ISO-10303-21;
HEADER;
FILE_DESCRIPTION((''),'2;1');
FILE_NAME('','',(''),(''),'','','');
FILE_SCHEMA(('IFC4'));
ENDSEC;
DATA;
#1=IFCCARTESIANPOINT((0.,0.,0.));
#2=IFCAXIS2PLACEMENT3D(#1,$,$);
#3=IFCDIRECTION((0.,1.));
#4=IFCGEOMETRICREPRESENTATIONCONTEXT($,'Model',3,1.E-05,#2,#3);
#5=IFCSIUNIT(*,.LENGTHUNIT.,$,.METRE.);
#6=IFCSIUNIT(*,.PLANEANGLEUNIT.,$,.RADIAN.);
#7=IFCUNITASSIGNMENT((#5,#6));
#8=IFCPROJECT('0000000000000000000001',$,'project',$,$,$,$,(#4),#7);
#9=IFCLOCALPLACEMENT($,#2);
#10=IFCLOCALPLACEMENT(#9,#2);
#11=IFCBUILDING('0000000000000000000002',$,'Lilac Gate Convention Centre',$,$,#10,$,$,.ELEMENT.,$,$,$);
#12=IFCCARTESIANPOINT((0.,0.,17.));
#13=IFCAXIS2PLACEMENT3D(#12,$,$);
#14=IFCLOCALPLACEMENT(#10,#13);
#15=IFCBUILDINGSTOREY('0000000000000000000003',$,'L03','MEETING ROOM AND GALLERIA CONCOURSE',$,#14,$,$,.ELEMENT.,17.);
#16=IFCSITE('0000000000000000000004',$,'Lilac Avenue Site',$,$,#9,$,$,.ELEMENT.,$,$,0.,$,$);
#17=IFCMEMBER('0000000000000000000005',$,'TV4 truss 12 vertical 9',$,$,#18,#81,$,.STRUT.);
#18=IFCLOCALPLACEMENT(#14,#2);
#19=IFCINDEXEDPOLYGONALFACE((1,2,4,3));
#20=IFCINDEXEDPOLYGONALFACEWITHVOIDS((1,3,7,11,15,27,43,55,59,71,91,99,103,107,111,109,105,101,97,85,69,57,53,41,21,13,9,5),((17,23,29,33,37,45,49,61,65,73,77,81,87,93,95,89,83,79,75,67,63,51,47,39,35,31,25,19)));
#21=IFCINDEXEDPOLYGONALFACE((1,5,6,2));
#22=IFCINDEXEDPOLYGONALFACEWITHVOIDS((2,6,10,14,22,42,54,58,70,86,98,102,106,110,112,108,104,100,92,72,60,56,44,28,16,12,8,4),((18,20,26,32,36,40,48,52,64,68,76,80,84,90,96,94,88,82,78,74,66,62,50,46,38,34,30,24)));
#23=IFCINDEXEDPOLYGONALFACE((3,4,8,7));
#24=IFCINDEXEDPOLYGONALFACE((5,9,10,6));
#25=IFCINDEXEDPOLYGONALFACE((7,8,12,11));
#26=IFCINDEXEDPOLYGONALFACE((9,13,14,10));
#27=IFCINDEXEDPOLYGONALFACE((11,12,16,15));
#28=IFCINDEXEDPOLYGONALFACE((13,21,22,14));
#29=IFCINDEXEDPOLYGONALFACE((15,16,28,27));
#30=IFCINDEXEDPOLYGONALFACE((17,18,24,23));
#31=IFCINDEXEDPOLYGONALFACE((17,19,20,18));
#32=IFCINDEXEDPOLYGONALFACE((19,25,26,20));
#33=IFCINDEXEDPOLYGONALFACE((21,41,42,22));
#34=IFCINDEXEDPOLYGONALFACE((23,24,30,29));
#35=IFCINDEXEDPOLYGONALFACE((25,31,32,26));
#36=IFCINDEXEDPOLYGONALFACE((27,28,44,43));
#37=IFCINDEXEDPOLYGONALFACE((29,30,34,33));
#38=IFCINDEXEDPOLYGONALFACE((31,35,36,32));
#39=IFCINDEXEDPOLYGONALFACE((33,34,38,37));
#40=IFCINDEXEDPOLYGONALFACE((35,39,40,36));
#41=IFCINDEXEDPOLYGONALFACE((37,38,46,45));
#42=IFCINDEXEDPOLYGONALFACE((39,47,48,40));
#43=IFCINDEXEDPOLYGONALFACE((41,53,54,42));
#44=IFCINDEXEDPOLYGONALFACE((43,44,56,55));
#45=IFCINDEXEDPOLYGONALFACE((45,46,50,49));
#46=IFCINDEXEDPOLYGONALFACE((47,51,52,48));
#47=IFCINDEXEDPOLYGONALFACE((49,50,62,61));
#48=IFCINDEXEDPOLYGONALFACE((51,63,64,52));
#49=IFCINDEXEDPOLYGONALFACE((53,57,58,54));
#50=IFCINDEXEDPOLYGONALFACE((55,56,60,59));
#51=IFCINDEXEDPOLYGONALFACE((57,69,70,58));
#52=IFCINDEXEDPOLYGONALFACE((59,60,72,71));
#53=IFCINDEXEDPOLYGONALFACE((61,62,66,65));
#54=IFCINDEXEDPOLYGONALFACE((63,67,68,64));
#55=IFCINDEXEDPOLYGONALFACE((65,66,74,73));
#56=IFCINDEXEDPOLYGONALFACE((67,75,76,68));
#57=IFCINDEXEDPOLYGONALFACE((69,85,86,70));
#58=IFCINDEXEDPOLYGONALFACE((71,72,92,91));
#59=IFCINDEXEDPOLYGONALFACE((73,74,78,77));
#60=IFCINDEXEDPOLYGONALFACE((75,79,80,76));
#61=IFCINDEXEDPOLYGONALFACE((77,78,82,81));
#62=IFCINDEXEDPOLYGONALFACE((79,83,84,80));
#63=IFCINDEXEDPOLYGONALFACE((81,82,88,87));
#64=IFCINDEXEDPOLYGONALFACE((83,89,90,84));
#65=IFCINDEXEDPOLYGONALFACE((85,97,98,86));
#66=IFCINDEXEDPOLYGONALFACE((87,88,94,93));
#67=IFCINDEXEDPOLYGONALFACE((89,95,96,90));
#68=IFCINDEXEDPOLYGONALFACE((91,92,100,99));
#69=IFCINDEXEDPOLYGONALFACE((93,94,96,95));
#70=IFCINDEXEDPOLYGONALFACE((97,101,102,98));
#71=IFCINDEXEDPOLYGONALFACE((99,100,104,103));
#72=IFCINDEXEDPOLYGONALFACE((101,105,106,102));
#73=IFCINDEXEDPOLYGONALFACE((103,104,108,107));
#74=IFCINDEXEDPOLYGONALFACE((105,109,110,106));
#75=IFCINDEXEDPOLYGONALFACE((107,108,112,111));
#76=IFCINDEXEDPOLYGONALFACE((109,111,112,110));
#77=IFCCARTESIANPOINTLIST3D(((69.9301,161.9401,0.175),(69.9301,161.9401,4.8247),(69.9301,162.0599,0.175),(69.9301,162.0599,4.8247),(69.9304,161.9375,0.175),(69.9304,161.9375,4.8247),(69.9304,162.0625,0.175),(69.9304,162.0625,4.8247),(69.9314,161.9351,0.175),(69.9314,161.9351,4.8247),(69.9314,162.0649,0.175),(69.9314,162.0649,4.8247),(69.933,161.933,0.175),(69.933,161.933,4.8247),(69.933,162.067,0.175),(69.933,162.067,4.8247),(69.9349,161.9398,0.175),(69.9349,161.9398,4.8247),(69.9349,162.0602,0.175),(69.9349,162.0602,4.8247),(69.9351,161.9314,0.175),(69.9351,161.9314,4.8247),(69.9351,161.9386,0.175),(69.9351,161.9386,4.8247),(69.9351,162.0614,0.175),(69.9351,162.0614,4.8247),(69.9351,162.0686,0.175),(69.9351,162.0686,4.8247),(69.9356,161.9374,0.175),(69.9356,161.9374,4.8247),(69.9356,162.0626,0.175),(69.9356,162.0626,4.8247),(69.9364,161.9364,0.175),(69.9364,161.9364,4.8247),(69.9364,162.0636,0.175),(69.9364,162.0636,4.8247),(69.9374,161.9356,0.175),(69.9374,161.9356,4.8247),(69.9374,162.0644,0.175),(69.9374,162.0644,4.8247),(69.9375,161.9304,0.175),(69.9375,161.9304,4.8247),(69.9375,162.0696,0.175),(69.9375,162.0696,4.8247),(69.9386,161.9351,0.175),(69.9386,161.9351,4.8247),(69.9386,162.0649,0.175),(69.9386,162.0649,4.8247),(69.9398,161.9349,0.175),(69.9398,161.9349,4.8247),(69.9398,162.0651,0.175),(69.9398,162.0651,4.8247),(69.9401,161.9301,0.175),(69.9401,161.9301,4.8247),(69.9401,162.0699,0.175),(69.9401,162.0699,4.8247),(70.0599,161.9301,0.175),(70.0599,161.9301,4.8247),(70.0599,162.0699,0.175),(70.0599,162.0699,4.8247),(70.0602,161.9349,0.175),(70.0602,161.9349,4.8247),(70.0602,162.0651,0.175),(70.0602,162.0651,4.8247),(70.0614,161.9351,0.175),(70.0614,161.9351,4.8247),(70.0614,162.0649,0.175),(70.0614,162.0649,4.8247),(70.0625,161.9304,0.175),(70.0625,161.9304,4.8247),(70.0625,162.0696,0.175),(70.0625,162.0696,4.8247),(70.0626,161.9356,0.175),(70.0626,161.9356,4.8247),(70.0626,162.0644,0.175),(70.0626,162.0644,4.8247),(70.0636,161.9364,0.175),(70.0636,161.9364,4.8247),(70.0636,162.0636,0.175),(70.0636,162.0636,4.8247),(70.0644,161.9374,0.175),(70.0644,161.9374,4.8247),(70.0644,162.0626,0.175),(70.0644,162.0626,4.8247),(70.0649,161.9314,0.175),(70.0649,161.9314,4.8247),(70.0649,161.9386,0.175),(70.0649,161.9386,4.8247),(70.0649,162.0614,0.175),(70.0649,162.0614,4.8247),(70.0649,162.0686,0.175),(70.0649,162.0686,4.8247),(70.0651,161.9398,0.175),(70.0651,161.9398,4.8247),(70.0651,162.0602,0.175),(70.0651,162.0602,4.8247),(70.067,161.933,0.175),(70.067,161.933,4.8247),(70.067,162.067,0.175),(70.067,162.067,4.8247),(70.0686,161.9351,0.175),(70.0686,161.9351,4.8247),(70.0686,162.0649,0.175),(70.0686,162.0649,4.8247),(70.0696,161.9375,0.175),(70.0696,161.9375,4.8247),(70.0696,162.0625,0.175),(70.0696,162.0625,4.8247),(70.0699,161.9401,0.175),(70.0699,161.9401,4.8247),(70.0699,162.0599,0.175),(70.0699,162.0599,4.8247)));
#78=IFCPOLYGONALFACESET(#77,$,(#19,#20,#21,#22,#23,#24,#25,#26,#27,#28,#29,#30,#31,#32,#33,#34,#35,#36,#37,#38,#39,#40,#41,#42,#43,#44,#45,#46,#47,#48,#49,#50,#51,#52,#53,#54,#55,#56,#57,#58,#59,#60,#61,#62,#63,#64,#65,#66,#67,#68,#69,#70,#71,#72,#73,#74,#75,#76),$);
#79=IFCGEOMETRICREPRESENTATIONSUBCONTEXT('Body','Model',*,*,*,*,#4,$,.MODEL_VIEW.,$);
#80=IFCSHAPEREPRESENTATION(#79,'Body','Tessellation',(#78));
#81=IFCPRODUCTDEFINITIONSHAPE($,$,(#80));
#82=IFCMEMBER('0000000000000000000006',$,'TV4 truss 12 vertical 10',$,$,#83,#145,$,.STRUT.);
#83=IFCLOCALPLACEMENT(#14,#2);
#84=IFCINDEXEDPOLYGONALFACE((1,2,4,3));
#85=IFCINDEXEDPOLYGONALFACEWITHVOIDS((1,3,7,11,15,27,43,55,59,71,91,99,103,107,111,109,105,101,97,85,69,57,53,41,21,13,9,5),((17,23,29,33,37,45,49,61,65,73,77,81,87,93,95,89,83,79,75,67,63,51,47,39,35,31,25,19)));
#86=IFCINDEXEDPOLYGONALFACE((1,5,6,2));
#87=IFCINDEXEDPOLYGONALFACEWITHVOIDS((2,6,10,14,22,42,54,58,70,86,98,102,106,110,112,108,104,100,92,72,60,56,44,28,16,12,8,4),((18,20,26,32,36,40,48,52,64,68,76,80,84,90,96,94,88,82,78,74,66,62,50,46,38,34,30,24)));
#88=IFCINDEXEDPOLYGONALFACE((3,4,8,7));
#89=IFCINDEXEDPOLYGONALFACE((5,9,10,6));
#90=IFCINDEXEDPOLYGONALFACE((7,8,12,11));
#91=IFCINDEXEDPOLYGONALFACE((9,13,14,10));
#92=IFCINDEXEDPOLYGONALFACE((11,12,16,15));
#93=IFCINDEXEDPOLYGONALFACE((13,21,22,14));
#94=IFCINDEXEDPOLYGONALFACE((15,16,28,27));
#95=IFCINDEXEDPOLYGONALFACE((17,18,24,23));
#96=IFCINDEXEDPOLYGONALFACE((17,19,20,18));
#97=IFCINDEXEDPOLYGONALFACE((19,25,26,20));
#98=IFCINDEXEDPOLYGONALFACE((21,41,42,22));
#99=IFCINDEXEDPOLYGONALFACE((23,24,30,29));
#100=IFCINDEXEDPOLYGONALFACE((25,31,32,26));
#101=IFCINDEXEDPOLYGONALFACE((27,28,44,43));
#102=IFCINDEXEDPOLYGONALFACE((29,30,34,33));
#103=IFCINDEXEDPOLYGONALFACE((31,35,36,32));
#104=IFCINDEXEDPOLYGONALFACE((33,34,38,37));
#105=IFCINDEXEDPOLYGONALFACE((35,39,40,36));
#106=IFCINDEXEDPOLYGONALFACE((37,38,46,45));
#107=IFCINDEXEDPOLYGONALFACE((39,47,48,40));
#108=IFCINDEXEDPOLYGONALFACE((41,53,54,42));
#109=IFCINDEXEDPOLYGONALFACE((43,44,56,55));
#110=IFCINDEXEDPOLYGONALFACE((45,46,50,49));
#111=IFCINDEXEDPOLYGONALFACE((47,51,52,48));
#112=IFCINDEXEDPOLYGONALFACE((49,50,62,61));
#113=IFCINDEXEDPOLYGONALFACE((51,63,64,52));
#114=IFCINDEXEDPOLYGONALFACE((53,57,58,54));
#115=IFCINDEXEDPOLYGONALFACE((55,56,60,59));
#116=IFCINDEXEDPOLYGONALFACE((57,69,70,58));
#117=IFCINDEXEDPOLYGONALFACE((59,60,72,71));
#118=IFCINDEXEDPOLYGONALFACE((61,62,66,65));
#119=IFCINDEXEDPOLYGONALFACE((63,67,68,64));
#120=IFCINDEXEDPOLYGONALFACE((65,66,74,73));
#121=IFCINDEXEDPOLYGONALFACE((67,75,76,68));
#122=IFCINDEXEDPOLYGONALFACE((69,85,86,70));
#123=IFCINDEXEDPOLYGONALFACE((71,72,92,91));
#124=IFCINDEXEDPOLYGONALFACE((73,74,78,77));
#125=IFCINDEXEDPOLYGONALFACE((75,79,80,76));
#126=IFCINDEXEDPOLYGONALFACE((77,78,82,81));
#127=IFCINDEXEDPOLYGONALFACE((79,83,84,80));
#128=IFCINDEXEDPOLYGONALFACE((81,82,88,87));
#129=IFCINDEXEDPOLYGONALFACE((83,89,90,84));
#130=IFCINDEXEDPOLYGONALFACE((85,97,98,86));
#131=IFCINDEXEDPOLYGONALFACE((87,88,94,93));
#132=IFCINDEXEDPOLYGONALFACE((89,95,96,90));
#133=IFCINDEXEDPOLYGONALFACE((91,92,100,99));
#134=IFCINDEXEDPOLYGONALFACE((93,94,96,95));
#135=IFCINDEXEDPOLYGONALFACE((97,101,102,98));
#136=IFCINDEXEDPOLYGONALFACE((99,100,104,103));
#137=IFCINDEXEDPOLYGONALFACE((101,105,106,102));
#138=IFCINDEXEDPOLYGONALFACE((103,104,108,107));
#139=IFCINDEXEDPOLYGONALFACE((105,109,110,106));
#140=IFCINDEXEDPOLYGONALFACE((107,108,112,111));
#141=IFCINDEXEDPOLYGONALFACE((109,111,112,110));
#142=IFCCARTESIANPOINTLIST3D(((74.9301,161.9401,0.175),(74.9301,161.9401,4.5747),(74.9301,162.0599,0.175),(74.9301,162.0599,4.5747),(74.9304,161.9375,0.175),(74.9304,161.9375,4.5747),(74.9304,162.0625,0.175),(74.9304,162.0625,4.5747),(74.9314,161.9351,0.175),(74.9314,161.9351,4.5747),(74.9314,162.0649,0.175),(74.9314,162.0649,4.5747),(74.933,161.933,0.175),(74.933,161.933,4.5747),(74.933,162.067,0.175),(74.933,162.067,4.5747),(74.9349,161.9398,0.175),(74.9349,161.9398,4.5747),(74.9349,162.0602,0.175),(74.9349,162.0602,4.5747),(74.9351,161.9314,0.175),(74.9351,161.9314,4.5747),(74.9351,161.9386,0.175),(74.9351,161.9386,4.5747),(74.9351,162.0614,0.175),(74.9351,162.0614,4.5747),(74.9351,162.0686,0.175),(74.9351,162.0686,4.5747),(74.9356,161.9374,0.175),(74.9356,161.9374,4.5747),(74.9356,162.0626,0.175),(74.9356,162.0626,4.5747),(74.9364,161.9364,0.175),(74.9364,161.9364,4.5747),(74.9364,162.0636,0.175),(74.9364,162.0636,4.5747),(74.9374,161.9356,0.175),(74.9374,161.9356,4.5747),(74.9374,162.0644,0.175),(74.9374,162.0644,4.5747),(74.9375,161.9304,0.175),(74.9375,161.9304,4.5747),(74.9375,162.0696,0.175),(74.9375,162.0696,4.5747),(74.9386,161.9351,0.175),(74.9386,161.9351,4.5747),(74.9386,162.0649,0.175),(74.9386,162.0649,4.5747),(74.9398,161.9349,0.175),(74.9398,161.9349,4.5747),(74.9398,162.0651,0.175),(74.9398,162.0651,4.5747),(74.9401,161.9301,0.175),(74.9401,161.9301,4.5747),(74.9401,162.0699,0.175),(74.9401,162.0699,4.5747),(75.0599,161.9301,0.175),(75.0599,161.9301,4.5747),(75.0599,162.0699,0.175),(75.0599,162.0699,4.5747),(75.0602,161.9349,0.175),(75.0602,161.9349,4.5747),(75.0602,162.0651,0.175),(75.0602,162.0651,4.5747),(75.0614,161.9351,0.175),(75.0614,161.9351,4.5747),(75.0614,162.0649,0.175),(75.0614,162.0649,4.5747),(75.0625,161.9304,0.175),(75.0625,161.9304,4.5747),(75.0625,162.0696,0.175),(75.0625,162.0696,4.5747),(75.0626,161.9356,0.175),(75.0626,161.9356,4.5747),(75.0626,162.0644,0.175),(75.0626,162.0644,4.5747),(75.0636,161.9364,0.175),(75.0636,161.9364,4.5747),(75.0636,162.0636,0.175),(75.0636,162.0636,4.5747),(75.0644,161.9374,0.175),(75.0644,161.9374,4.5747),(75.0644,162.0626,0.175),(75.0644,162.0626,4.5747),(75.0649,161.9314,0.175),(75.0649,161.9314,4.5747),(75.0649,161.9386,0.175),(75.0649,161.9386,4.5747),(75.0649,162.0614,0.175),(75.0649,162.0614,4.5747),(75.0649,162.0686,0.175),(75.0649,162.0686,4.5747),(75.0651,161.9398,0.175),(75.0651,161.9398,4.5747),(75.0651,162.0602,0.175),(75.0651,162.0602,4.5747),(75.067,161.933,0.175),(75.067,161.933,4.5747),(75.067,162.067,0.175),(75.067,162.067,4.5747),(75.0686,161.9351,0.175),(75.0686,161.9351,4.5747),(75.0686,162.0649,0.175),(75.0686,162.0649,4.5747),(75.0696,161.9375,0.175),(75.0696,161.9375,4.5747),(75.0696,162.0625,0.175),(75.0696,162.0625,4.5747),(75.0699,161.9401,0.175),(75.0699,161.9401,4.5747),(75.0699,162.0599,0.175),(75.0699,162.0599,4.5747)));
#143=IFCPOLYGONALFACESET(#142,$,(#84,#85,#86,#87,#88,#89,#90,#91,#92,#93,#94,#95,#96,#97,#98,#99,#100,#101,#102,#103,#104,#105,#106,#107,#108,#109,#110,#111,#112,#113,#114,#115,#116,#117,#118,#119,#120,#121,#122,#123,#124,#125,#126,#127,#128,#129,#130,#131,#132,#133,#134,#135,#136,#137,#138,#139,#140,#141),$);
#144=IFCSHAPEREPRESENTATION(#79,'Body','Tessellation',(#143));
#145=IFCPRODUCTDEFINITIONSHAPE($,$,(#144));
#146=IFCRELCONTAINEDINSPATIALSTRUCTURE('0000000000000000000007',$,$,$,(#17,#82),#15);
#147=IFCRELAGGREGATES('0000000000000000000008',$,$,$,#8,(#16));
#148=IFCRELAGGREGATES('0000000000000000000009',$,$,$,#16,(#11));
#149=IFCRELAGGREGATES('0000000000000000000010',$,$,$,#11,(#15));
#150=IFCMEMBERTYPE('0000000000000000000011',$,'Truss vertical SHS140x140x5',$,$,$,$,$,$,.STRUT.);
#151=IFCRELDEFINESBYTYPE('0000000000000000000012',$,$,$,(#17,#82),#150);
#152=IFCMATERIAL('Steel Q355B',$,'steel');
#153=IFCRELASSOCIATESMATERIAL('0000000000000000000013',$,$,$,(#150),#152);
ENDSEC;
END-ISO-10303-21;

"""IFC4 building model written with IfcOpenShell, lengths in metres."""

from ifc_helpers import new_model, si_unit, direction, frame, origin, origin_2d, place, context, subcontext, project, spatial, hollow_rectangle, extrude, material, material_profile, profile_set, type_object, element, save


model = new_model("IFC4")

# Units and contexts
model_context = context("Model", 3, precision=1e-05, world=origin(), true_north=direction((0.0, 1.0)))
body_context = subcontext(model_context, "Body", "Model", "MODEL_VIEW")
ifc_project = project(units=[si_unit("LENGTHUNIT", "METRE"), si_unit("PLANEANGLEUNIT", "RADIAN")], contexts=[model_context])

# Site, building, storey
site_placement = place(None, origin())
site = spatial("IfcSite", under=ifc_project, at=site_placement, Name="Lilac Avenue Site", CompositionType="ELEMENT", RefElevation=0.0)
building_placement = place(site_placement, origin())
building = spatial("IfcBuilding", under=site, at=building_placement, Name="Lilac Gate Convention Centre", CompositionType="ELEMENT")
storey_placement = place(building_placement, frame((0.0, 0.0, 17.0)))
storey = spatial("IfcBuildingStorey", under=building, at=storey_placement, Name="L03", Description="MEETING ROOM AND GALLERIA CONCOURSE", CompositionType="ELEMENT", Elevation=17.0)

# Members
ifc_material = material(Name="Steel Q355B", Category="steel")
ifc_material_profile_1 = material_profile(ifc_material, hollow_rectangle(XDim=0.1399, YDim=0.1399, WallThickness=0.0049, InnerFilletRadius=0.0049, OuterFilletRadius=0.01, at=origin_2d()), Name="SHS140x140x5")
ifc_profile_set_1 = profile_set([ifc_material_profile_1], Name="Steel Q355B")
member_type_1 = type_object("IfcMemberType", Name="Truss vertical SHS140x140x5", PredefinedType="STRUT", material=ifc_profile_set_1)
member_1_placement = place(storey_placement, frame((70.0, 162.0, 0.175), z_axis=(0.0, 0.0, 1.0), x_axis=(1.0, 0.0, 0.0)))
element("IfcMember", 1, at=member_1_placement, inside=storey, type_object=member_type_1, Name="TV4 truss 12 vertical 9", PredefinedType="STRUT", context=body_context, shape_type="SweptSolid", body=[
    extrude(hollow_rectangle(XDim=0.1399, YDim=0.1399, WallThickness=0.0049, InnerFilletRadius=0.0049, OuterFilletRadius=0.01, at=origin_2d()), origin(), (0.0, 0.0, 1.0), 4.6497),
])
member_2_placement = place(storey_placement, frame((75.0, 162.0, 0.175), z_axis=(0.0, 0.0, 1.0), x_axis=(1.0, 0.0, 0.0)))
element("IfcMember", 2, at=member_2_placement, inside=storey, type_object=member_type_1, Name="TV4 truss 12 vertical 10", PredefinedType="STRUT", context=body_context, shape_type="SweptSolid", body=[
    extrude(hollow_rectangle(XDim=0.1399, YDim=0.1399, WallThickness=0.0049, InnerFilletRadius=0.0049, OuterFilletRadius=0.01, at=origin_2d()), origin(), (0.0, 0.0, 1.0), 4.3997),
])

save(model, "model.ifc")
